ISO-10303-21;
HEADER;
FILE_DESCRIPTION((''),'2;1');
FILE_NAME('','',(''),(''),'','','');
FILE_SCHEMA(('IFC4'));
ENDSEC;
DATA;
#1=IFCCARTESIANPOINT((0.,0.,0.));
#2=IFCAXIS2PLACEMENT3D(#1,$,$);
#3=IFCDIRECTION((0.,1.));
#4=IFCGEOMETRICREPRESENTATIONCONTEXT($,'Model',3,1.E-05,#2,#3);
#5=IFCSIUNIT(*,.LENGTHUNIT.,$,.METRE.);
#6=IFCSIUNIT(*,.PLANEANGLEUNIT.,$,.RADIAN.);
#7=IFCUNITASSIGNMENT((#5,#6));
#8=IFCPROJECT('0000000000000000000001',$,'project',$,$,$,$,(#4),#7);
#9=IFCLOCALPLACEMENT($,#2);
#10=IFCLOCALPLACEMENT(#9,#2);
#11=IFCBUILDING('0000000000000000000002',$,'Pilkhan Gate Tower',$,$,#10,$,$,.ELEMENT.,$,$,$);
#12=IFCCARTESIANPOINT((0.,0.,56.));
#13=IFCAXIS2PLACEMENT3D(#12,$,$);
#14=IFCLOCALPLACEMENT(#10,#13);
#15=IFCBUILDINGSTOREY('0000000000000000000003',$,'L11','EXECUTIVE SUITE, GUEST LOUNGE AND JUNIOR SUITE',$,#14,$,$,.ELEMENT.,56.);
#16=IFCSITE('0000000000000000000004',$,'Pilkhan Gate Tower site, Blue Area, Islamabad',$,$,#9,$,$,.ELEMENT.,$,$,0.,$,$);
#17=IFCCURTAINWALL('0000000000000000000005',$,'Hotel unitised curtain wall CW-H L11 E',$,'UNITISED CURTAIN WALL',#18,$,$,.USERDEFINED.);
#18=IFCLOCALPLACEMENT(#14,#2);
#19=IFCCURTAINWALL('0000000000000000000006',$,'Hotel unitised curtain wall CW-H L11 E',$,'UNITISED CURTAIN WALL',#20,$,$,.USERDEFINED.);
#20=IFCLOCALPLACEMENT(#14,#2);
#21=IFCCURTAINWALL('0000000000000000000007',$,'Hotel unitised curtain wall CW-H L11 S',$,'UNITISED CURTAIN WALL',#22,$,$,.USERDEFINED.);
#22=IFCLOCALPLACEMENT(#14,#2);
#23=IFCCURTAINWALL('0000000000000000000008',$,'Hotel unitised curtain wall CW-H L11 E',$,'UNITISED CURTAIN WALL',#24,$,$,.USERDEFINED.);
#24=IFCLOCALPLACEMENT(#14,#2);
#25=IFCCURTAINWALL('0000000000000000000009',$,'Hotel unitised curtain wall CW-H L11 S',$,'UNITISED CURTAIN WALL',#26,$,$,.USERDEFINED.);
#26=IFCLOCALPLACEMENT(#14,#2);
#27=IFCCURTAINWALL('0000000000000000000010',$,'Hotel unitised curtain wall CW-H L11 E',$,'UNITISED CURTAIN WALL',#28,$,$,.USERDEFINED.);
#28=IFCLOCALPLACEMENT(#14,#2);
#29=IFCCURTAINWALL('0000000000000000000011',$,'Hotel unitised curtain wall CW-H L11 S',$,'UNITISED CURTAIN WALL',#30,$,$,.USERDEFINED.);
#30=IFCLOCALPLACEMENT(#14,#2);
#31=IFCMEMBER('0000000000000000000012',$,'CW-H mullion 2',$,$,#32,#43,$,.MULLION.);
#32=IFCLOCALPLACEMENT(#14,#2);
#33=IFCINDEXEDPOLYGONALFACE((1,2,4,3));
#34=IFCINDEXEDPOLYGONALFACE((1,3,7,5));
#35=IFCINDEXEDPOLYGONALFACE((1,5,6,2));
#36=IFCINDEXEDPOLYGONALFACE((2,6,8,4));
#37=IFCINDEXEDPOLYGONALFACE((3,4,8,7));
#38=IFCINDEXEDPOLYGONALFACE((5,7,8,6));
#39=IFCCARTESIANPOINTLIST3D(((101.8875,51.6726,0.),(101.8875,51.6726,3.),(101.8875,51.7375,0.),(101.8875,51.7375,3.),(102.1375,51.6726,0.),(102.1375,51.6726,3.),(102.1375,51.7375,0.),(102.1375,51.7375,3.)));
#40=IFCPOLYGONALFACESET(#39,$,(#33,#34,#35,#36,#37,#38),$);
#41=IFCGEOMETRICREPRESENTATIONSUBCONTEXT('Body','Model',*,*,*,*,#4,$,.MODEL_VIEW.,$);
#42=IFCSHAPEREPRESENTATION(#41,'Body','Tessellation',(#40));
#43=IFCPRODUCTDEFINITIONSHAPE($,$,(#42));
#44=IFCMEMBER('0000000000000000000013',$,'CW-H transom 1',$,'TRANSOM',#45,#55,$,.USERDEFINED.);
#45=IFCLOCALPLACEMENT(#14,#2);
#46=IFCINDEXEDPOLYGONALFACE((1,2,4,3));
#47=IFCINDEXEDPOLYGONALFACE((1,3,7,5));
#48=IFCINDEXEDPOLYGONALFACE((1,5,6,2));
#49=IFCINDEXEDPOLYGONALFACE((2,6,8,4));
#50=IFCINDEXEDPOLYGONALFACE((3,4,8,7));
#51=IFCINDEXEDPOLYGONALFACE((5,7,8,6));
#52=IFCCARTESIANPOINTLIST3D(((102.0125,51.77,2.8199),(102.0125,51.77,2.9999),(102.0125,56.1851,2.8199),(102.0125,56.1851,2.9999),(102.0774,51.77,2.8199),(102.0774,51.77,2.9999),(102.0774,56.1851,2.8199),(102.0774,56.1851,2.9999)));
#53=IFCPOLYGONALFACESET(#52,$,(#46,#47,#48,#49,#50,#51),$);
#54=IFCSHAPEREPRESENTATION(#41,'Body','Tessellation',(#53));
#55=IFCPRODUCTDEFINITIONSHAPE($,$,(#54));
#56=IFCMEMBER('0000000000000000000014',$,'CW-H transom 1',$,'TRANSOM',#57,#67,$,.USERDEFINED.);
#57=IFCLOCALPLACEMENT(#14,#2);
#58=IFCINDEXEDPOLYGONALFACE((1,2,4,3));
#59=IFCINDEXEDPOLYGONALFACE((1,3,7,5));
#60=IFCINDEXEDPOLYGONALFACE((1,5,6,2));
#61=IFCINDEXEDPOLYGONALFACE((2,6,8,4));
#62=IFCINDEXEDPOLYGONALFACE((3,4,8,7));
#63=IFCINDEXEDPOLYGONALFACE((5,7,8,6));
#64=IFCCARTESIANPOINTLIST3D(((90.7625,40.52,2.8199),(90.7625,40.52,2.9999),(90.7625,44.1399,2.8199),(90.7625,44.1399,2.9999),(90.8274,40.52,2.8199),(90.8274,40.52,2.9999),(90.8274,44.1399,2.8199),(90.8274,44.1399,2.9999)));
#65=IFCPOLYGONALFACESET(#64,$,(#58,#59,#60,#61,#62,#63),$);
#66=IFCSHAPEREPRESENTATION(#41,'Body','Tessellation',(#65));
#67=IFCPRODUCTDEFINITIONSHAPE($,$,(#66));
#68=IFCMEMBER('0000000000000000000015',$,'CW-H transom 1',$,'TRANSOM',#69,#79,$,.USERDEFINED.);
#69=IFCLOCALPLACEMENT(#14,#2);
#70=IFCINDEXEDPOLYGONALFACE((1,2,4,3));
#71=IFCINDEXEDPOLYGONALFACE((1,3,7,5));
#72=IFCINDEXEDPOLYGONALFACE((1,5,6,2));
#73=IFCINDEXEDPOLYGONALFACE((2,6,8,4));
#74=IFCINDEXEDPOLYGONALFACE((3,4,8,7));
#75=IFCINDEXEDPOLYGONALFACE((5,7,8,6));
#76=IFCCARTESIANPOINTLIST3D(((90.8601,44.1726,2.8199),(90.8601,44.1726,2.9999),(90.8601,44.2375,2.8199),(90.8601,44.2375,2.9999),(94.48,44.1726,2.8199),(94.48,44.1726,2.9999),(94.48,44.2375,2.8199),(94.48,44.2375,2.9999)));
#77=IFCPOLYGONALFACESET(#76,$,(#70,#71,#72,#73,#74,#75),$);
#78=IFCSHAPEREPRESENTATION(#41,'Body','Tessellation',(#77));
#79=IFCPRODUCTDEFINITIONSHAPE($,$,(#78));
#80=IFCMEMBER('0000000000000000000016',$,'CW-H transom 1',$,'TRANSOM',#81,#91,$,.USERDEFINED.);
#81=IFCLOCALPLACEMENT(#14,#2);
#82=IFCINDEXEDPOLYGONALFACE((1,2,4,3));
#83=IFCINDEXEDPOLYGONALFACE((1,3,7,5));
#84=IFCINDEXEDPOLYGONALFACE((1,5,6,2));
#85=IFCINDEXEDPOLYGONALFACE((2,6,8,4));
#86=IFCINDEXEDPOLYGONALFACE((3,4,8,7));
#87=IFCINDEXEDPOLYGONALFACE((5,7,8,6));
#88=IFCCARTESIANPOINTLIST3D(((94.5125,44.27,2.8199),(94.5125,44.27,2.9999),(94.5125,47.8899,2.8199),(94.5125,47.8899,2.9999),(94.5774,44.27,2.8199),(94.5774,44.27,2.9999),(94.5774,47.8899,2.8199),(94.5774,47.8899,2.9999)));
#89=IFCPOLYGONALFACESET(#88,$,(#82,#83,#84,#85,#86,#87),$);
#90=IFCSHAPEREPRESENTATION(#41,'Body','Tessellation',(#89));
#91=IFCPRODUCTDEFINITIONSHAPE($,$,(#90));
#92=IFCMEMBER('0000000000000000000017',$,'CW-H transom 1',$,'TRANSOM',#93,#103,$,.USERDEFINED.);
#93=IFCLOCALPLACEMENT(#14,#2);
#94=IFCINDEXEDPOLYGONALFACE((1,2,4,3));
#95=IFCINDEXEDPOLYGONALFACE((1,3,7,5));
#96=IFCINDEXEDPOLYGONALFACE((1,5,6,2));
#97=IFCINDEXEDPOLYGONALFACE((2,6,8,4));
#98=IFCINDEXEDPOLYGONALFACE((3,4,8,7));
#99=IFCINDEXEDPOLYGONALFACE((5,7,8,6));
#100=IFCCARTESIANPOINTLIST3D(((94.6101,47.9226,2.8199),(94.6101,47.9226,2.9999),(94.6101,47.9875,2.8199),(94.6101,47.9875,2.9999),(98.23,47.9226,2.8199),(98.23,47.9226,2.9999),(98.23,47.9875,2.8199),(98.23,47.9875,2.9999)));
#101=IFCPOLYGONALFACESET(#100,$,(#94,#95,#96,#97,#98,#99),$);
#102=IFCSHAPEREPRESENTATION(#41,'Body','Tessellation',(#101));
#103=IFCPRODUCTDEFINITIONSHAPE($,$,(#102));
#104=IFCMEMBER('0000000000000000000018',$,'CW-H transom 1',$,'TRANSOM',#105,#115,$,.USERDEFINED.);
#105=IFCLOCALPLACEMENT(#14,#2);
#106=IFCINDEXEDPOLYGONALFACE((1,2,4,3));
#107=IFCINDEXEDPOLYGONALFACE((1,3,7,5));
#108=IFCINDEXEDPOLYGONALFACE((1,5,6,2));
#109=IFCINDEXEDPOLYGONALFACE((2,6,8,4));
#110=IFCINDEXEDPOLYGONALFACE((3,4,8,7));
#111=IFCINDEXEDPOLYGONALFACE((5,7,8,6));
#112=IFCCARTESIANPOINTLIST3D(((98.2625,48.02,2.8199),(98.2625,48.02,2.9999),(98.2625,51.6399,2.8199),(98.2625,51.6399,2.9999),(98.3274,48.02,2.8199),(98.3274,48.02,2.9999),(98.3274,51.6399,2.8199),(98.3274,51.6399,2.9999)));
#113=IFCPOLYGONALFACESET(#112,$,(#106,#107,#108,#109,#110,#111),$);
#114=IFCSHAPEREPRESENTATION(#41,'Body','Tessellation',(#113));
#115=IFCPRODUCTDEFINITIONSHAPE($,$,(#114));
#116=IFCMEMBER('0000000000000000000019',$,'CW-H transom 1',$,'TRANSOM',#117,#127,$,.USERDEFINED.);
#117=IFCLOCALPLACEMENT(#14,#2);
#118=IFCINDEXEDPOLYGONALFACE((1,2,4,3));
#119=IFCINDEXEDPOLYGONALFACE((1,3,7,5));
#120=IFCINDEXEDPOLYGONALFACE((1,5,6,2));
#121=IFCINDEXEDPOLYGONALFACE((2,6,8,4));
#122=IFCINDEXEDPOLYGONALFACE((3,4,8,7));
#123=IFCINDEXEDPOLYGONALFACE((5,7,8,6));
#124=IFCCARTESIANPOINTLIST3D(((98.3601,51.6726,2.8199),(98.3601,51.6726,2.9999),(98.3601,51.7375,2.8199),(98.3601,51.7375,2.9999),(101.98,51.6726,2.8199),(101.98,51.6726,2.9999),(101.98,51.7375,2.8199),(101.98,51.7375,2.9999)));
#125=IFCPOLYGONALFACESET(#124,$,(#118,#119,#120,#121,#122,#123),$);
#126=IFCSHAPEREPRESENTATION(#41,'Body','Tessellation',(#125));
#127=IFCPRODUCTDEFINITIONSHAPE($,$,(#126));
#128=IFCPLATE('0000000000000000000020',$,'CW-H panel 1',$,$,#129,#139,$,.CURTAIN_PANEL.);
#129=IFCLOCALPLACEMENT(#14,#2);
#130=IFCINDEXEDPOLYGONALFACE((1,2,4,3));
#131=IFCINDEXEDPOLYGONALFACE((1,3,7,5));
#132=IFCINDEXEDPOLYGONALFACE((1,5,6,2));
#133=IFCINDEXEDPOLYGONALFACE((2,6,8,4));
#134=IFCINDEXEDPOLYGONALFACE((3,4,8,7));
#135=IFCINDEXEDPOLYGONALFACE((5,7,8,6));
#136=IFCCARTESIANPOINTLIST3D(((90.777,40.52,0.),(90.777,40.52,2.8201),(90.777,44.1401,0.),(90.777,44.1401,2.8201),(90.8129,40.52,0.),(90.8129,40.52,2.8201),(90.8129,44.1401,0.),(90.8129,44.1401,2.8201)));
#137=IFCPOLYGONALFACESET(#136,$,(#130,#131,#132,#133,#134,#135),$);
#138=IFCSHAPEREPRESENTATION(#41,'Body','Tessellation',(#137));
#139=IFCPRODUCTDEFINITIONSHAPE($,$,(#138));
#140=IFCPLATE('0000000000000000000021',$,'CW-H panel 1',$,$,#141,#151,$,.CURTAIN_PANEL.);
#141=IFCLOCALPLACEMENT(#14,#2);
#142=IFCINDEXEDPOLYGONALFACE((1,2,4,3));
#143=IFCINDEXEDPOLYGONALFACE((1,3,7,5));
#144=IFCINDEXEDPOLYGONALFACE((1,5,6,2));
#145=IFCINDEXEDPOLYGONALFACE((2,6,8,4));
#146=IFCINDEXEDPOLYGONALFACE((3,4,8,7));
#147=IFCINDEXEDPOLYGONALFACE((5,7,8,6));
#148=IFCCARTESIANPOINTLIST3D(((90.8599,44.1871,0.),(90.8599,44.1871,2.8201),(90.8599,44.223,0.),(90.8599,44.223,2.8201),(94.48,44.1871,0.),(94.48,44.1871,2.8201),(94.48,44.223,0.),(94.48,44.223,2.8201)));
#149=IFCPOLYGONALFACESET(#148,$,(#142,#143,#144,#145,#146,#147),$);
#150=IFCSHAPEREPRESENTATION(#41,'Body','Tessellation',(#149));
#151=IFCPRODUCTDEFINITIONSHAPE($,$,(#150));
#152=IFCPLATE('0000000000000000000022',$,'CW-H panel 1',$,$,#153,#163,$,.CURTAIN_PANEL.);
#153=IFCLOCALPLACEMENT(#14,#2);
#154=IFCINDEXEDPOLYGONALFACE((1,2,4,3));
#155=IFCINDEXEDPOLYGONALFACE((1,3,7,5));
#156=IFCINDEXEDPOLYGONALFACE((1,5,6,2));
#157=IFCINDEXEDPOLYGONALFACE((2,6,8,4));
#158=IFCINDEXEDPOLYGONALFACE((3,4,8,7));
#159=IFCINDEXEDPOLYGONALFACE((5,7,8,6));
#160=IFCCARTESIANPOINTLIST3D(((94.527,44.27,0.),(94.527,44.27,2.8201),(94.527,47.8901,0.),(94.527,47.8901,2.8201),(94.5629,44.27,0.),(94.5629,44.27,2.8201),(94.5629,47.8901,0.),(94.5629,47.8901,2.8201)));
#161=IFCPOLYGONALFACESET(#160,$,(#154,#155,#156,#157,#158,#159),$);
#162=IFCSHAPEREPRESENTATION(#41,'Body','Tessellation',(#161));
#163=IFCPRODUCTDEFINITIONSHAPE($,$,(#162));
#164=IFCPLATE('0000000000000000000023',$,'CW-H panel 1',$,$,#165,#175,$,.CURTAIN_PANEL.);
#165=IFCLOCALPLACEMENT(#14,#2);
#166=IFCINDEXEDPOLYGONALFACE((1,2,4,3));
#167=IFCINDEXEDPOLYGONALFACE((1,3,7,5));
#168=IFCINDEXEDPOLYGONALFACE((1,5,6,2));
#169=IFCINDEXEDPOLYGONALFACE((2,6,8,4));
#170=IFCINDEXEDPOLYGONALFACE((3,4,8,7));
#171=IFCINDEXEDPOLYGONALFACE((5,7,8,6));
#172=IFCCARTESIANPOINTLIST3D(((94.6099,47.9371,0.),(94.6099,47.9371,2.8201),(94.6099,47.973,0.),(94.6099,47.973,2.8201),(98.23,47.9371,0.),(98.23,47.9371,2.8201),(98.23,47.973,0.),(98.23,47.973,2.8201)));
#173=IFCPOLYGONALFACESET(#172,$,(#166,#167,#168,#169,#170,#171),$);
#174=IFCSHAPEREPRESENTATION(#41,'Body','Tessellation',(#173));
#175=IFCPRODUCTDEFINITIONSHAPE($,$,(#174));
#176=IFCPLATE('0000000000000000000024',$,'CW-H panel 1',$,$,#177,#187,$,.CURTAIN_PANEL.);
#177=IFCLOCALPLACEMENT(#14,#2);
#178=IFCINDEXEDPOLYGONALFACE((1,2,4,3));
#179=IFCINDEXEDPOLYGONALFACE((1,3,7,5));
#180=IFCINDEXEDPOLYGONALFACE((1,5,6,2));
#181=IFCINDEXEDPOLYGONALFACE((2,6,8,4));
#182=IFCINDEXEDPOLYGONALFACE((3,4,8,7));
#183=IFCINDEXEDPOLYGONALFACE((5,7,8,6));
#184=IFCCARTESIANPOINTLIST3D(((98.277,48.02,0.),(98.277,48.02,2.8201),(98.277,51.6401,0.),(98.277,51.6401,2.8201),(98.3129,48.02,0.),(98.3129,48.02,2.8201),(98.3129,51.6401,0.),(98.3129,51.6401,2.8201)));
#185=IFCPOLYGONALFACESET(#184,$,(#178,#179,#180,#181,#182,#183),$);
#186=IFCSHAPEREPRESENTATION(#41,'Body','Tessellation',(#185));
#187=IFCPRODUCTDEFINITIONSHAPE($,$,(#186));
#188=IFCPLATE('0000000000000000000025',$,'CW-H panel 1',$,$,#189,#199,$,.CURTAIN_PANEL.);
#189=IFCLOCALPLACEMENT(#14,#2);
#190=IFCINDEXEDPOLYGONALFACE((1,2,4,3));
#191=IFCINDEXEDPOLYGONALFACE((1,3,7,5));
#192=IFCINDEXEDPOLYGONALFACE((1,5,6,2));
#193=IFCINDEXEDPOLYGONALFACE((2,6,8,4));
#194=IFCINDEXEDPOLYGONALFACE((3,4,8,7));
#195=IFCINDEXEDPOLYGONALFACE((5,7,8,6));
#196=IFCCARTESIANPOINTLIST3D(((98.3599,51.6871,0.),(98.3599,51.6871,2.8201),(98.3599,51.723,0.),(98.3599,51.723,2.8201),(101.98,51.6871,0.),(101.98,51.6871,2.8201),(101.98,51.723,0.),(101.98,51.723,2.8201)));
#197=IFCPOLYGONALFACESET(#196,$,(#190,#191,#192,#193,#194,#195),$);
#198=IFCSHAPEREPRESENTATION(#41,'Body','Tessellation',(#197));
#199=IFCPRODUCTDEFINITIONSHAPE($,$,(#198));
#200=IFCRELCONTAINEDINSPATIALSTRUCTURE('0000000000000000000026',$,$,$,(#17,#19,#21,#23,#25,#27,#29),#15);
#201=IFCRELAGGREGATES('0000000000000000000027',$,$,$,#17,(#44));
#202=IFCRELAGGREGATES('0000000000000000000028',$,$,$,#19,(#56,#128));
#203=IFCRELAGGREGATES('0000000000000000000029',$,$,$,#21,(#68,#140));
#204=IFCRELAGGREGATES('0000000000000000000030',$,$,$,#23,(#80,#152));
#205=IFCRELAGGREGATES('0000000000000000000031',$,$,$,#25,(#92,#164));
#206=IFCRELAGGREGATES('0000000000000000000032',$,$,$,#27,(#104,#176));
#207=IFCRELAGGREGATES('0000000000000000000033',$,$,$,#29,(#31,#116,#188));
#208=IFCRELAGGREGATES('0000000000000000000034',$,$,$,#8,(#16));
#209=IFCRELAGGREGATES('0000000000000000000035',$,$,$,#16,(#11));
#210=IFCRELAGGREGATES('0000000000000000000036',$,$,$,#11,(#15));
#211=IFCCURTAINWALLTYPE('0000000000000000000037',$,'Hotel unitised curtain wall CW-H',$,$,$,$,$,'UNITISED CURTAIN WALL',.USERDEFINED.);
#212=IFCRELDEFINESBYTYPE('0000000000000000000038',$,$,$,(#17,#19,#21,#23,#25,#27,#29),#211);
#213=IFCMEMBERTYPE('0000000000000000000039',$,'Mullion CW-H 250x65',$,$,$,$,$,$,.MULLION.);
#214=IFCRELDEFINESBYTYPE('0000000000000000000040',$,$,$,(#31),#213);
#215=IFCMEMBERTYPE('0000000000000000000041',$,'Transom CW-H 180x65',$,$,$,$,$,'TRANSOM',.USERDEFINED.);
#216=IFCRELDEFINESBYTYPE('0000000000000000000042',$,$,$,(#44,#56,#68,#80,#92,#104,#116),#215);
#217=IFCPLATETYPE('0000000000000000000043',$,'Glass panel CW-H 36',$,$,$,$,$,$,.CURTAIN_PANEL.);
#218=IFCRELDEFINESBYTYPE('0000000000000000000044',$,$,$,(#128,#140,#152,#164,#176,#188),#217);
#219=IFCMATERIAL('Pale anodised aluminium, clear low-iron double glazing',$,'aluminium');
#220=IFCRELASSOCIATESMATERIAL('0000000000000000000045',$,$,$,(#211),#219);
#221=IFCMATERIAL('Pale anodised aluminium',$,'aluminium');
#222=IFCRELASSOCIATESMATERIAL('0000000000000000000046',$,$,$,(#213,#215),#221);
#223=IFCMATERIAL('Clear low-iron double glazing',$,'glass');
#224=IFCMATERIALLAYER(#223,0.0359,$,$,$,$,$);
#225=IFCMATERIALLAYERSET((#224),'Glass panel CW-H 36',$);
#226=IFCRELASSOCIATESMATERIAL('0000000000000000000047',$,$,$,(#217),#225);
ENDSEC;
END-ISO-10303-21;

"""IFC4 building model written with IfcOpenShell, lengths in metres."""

from ifc_helpers import new_model, si_unit, direction, frame, origin, origin_2d, place, context, subcontext, project, spatial, rectangle, extrude, material, layer, layer_set, material_profile, profile_set, type_object, element, aggregate, save


model = new_model("IFC4")

# Units and contexts
model_context = context("Model", 3, precision=1e-05, world=origin(), true_north=direction((0.0, 1.0)))
body_context = subcontext(model_context, "Body", "Model", "MODEL_VIEW")
ifc_project = project(units=[si_unit("LENGTHUNIT", "METRE"), si_unit("PLANEANGLEUNIT", "RADIAN")], contexts=[model_context])

# Site, building, storey
site_placement = place(None, origin())
site = spatial("IfcSite", under=ifc_project, at=site_placement, Name="Pilkhan Gate Tower site, Blue Area, Islamabad", CompositionType="ELEMENT", RefElevation=0.0)
building_placement = place(site_placement, origin())
building = spatial("IfcBuilding", under=site, at=building_placement, Name="Pilkhan Gate Tower", CompositionType="ELEMENT")
storey_placement = place(building_placement, frame((0.0, 0.0, 56.0)))
storey = spatial("IfcBuildingStorey", under=building, at=storey_placement, Name="L11", Description="EXECUTIVE SUITE, GUEST LOUNGE AND JUNIOR SUITE", CompositionType="ELEMENT", Elevation=56.0)

# Curtain wall
ifc_material_1 = material(Name="Pale anodised aluminium, clear low-iron double glazing", Category="aluminium")
curtain_wall_type = type_object("IfcCurtainWallType", Name="Hotel unitised curtain wall CW-H", ElementType="UNITISED CURTAIN WALL", PredefinedType="USERDEFINED", material=ifc_material_1)
curtain_wall_1_placement = place(storey_placement, origin())
curtain_wall_1 = element("IfcCurtainWall", 1, at=curtain_wall_1_placement, inside=storey, type_object=curtain_wall_type, Name="Hotel unitised curtain wall CW-H L11 E", ObjectType="UNITISED CURTAIN WALL", PredefinedType="USERDEFINED")
ifc_material_2 = material(Name="Pale anodised aluminium", Category="aluminium")
ifc_material_profile_1 = material_profile(ifc_material_2, rectangle(XDim=0.0649, YDim=0.25, at=origin_2d()), Name="Mullion 250x65")
ifc_profile_set_1 = profile_set([ifc_material_profile_1], Name="Pale anodised aluminium")
member_type_1 = type_object("IfcMemberType", Name="Mullion CW-H 250x65", PredefinedType="MULLION", material=ifc_profile_set_1)

# Curtain walls, member
curtain_wall_2_placement = place(storey_placement, origin())
curtain_wall_2 = element("IfcCurtainWall", 2, at=curtain_wall_2_placement, inside=storey, type_object=curtain_wall_type, Name="Hotel unitised curtain wall CW-H L11 E", ObjectType="UNITISED CURTAIN WALL", PredefinedType="USERDEFINED")
curtain_wall_3_placement = place(storey_placement, origin())
curtain_wall_3 = element("IfcCurtainWall", 3, at=curtain_wall_3_placement, inside=storey, type_object=curtain_wall_type, Name="Hotel unitised curtain wall CW-H L11 S", ObjectType="UNITISED CURTAIN WALL", PredefinedType="USERDEFINED")
curtain_wall_4_placement = place(storey_placement, origin())
curtain_wall_4 = element("IfcCurtainWall", 4, at=curtain_wall_4_placement, inside=storey, type_object=curtain_wall_type, Name="Hotel unitised curtain wall CW-H L11 E", ObjectType="UNITISED CURTAIN WALL", PredefinedType="USERDEFINED")
curtain_wall_5_placement = place(storey_placement, origin())
curtain_wall_5 = element("IfcCurtainWall", 5, at=curtain_wall_5_placement, inside=storey, type_object=curtain_wall_type, Name="Hotel unitised curtain wall CW-H L11 S", ObjectType="UNITISED CURTAIN WALL", PredefinedType="USERDEFINED")
curtain_wall_6_placement = place(storey_placement, origin())
curtain_wall_6 = element("IfcCurtainWall", 6, at=curtain_wall_6_placement, inside=storey, type_object=curtain_wall_type, Name="Hotel unitised curtain wall CW-H L11 E", ObjectType="UNITISED CURTAIN WALL", PredefinedType="USERDEFINED")
curtain_wall_7_placement = place(storey_placement, origin())
curtain_wall_7 = element("IfcCurtainWall", 7, at=curtain_wall_7_placement, inside=storey, type_object=curtain_wall_type, Name="Hotel unitised curtain wall CW-H L11 S", ObjectType="UNITISED CURTAIN WALL", PredefinedType="USERDEFINED")
member_1_placement = place(storey_placement, frame((102.0125, 51.7051, 0.0), z_axis=(0.0, 0.0, 1.0), x_axis=(0.0, 1.0, 0.0)))
member_1 = element("IfcMember", 8, at=member_1_placement, type_object=member_type_1, Name="CW-H mullion 2", PredefinedType="MULLION", context=body_context, shape_type="SweptSolid", body=[
    extrude(rectangle(XDim=0.0649, YDim=0.25, at=origin_2d()), origin(), (0.0, 0.0, 1.0), 3.0),
])

# Members
ifc_material_profile_2 = material_profile(ifc_material_2, rectangle(XDim=0.0649, YDim=0.1799, at=origin_2d()), Name="Transom 180x65")
ifc_profile_set_2 = profile_set([ifc_material_profile_2], Name="Pale anodised aluminium")
member_type_2 = type_object("IfcMemberType", Name="Transom CW-H 180x65", ElementType="TRANSOM", PredefinedType="USERDEFINED", material=ifc_profile_set_2)
member_2_placement = place(storey_placement, frame((102.0449, 51.77, 2.9099), z_axis=(0.0, 1.0, 0.0), x_axis=(-1.0, 0.0, 0.0)))
member_2 = element("IfcMember", 9, at=member_2_placement, type_object=member_type_2, Name="CW-H transom 1", ObjectType="TRANSOM", PredefinedType="USERDEFINED", context=body_context, shape_type="SweptSolid", body=[
    extrude(rectangle(XDim=0.0649, YDim=0.1799, at=origin_2d()), origin(), (0.0, 0.0, 1.0), 4.415),
])
aggregate(curtain_wall_1, [member_2])
member_3_placement = place(storey_placement, frame((90.7949, 40.52, 2.9099), z_axis=(0.0, 1.0, 0.0), x_axis=(-1.0, 0.0, 0.0)))
member_3 = element("IfcMember", 10, at=member_3_placement, type_object=member_type_2, Name="CW-H transom 1", ObjectType="TRANSOM", PredefinedType="USERDEFINED", context=body_context, shape_type="SweptSolid", body=[
    extrude(rectangle(XDim=0.0649, YDim=0.1799, at=origin_2d()), origin(), (0.0, 0.0, 1.0), 3.6199),
])
member_4_placement = place(storey_placement, frame((90.8601, 44.2051, 2.9099), z_axis=(1.0, 0.0, 0.0), x_axis=(0.0, 1.0, 0.0)))
member_4 = element("IfcMember", 11, at=member_4_placement, type_object=member_type_2, Name="CW-H transom 1", ObjectType="TRANSOM", PredefinedType="USERDEFINED", context=body_context, shape_type="SweptSolid", body=[
    extrude(rectangle(XDim=0.0649, YDim=0.1799, at=origin_2d()), origin(), (0.0, 0.0, 1.0), 3.6199),
])
member_5_placement = place(storey_placement, frame((94.5449, 44.27, 2.9099), z_axis=(0.0, 1.0, 0.0), x_axis=(-1.0, 0.0, 0.0)))
member_5 = element("IfcMember", 12, at=member_5_placement, type_object=member_type_2, Name="CW-H transom 1", ObjectType="TRANSOM", PredefinedType="USERDEFINED", context=body_context, shape_type="SweptSolid", body=[
    extrude(rectangle(XDim=0.0649, YDim=0.1799, at=origin_2d()), origin(), (0.0, 0.0, 1.0), 3.6199),
])
member_6_placement = place(storey_placement, frame((94.6101, 47.9551, 2.9099), z_axis=(1.0, 0.0, 0.0), x_axis=(0.0, 1.0, 0.0)))
member_6 = element("IfcMember", 13, at=member_6_placement, type_object=member_type_2, Name="CW-H transom 1", ObjectType="TRANSOM", PredefinedType="USERDEFINED", context=body_context, shape_type="SweptSolid", body=[
    extrude(rectangle(XDim=0.0649, YDim=0.1799, at=origin_2d()), origin(), (0.0, 0.0, 1.0), 3.6199),
])
member_7_placement = place(storey_placement, frame((98.2949, 48.02, 2.9099), z_axis=(0.0, 1.0, 0.0), x_axis=(-1.0, 0.0, 0.0)))
member_7 = element("IfcMember", 14, at=member_7_placement, type_object=member_type_2, Name="CW-H transom 1", ObjectType="TRANSOM", PredefinedType="USERDEFINED", context=body_context, shape_type="SweptSolid", body=[
    extrude(rectangle(XDim=0.0649, YDim=0.1799, at=origin_2d()), origin(), (0.0, 0.0, 1.0), 3.6199),
])
member_8_placement = place(storey_placement, frame((98.3601, 51.7051, 2.9099), z_axis=(1.0, 0.0, 0.0), x_axis=(0.0, 1.0, 0.0)))
member_8 = element("IfcMember", 15, at=member_8_placement, type_object=member_type_2, Name="CW-H transom 1", ObjectType="TRANSOM", PredefinedType="USERDEFINED", context=body_context, shape_type="SweptSolid", body=[
    extrude(rectangle(XDim=0.0649, YDim=0.1799, at=origin_2d()), origin(), (0.0, 0.0, 1.0), 3.6199),
])

# Plates
ifc_material_3 = material(Name="Clear low-iron double glazing", Category="glass")
ifc_layer_1 = layer(ifc_material_3, 0.0359)
ifc_layer_set_1 = layer_set([ifc_layer_1], Name="Glass panel CW-H 36")
plate_type = type_object("IfcPlateType", Name="Glass panel CW-H 36", PredefinedType="CURTAIN_PANEL", material=ifc_layer_set_1)
plate_1_placement = place(storey_placement, frame((90.7949, 42.3301, 0.0), z_axis=(0.0, 0.0, 1.0), x_axis=(0.0, 1.0, 0.0)))
plate_1 = element("IfcPlate", 16, at=plate_1_placement, type_object=plate_type, Name="CW-H panel 1", PredefinedType="CURTAIN_PANEL", context=body_context, shape_type="SweptSolid", body=[
    extrude(rectangle(XDim=3.6201, YDim=0.0359, at=origin_2d()), origin(), (0.0, 0.0, 1.0), 2.8201),
])
aggregate(curtain_wall_2, [member_3, plate_1])
plate_2_placement = place(storey_placement, frame((92.6699, 44.2051, 0.0), z_axis=(0.0, 0.0, 1.0), x_axis=(1.0, 0.0, 0.0)))
plate_2 = element("IfcPlate", 17, at=plate_2_placement, type_object=plate_type, Name="CW-H panel 1", PredefinedType="CURTAIN_PANEL", context=body_context, shape_type="SweptSolid", body=[
    extrude(rectangle(XDim=3.6201, YDim=0.0359, at=origin_2d()), origin(), (0.0, 0.0, 1.0), 2.8201),
])
aggregate(curtain_wall_3, [member_4, plate_2])
plate_3_placement = place(storey_placement, frame((94.5449, 46.0801, 0.0), z_axis=(0.0, 0.0, 1.0), x_axis=(0.0, 1.0, 0.0)))
plate_3 = element("IfcPlate", 18, at=plate_3_placement, type_object=plate_type, Name="CW-H panel 1", PredefinedType="CURTAIN_PANEL", context=body_context, shape_type="SweptSolid", body=[
    extrude(rectangle(XDim=3.6201, YDim=0.0359, at=origin_2d()), origin(), (0.0, 0.0, 1.0), 2.8201),
])
aggregate(curtain_wall_4, [member_5, plate_3])
plate_4_placement = place(storey_placement, frame((96.4199, 47.9551, 0.0), z_axis=(0.0, 0.0, 1.0), x_axis=(1.0, 0.0, 0.0)))
plate_4 = element("IfcPlate", 19, at=plate_4_placement, type_object=plate_type, Name="CW-H panel 1", PredefinedType="CURTAIN_PANEL", context=body_context, shape_type="SweptSolid", body=[
    extrude(rectangle(XDim=3.6201, YDim=0.0359, at=origin_2d()), origin(), (0.0, 0.0, 1.0), 2.8201),
])
aggregate(curtain_wall_5, [member_6, plate_4])
plate_5_placement = place(storey_placement, frame((98.2949, 49.8301, 0.0), z_axis=(0.0, 0.0, 1.0), x_axis=(0.0, 1.0, 0.0)))
plate_5 = element("IfcPlate", 20, at=plate_5_placement, type_object=plate_type, Name="CW-H panel 1", PredefinedType="CURTAIN_PANEL", context=body_context, shape_type="SweptSolid", body=[
    extrude(rectangle(XDim=3.6201, YDim=0.0359, at=origin_2d()), origin(), (0.0, 0.0, 1.0), 2.8201),
])
aggregate(curtain_wall_6, [member_7, plate_5])
plate_6_placement = place(storey_placement, frame((100.1699, 51.7051, 0.0), z_axis=(0.0, 0.0, 1.0), x_axis=(1.0, 0.0, 0.0)))
plate_6 = element("IfcPlate", 21, at=plate_6_placement, type_object=plate_type, Name="CW-H panel 1", PredefinedType="CURTAIN_PANEL", context=body_context, shape_type="SweptSolid", body=[
    extrude(rectangle(XDim=3.6201, YDim=0.0359, at=origin_2d()), origin(), (0.0, 0.0, 1.0), 2.8201),
])
aggregate(curtain_wall_7, [member_1, member_8, plate_6])

save(model, "model.ifc")
